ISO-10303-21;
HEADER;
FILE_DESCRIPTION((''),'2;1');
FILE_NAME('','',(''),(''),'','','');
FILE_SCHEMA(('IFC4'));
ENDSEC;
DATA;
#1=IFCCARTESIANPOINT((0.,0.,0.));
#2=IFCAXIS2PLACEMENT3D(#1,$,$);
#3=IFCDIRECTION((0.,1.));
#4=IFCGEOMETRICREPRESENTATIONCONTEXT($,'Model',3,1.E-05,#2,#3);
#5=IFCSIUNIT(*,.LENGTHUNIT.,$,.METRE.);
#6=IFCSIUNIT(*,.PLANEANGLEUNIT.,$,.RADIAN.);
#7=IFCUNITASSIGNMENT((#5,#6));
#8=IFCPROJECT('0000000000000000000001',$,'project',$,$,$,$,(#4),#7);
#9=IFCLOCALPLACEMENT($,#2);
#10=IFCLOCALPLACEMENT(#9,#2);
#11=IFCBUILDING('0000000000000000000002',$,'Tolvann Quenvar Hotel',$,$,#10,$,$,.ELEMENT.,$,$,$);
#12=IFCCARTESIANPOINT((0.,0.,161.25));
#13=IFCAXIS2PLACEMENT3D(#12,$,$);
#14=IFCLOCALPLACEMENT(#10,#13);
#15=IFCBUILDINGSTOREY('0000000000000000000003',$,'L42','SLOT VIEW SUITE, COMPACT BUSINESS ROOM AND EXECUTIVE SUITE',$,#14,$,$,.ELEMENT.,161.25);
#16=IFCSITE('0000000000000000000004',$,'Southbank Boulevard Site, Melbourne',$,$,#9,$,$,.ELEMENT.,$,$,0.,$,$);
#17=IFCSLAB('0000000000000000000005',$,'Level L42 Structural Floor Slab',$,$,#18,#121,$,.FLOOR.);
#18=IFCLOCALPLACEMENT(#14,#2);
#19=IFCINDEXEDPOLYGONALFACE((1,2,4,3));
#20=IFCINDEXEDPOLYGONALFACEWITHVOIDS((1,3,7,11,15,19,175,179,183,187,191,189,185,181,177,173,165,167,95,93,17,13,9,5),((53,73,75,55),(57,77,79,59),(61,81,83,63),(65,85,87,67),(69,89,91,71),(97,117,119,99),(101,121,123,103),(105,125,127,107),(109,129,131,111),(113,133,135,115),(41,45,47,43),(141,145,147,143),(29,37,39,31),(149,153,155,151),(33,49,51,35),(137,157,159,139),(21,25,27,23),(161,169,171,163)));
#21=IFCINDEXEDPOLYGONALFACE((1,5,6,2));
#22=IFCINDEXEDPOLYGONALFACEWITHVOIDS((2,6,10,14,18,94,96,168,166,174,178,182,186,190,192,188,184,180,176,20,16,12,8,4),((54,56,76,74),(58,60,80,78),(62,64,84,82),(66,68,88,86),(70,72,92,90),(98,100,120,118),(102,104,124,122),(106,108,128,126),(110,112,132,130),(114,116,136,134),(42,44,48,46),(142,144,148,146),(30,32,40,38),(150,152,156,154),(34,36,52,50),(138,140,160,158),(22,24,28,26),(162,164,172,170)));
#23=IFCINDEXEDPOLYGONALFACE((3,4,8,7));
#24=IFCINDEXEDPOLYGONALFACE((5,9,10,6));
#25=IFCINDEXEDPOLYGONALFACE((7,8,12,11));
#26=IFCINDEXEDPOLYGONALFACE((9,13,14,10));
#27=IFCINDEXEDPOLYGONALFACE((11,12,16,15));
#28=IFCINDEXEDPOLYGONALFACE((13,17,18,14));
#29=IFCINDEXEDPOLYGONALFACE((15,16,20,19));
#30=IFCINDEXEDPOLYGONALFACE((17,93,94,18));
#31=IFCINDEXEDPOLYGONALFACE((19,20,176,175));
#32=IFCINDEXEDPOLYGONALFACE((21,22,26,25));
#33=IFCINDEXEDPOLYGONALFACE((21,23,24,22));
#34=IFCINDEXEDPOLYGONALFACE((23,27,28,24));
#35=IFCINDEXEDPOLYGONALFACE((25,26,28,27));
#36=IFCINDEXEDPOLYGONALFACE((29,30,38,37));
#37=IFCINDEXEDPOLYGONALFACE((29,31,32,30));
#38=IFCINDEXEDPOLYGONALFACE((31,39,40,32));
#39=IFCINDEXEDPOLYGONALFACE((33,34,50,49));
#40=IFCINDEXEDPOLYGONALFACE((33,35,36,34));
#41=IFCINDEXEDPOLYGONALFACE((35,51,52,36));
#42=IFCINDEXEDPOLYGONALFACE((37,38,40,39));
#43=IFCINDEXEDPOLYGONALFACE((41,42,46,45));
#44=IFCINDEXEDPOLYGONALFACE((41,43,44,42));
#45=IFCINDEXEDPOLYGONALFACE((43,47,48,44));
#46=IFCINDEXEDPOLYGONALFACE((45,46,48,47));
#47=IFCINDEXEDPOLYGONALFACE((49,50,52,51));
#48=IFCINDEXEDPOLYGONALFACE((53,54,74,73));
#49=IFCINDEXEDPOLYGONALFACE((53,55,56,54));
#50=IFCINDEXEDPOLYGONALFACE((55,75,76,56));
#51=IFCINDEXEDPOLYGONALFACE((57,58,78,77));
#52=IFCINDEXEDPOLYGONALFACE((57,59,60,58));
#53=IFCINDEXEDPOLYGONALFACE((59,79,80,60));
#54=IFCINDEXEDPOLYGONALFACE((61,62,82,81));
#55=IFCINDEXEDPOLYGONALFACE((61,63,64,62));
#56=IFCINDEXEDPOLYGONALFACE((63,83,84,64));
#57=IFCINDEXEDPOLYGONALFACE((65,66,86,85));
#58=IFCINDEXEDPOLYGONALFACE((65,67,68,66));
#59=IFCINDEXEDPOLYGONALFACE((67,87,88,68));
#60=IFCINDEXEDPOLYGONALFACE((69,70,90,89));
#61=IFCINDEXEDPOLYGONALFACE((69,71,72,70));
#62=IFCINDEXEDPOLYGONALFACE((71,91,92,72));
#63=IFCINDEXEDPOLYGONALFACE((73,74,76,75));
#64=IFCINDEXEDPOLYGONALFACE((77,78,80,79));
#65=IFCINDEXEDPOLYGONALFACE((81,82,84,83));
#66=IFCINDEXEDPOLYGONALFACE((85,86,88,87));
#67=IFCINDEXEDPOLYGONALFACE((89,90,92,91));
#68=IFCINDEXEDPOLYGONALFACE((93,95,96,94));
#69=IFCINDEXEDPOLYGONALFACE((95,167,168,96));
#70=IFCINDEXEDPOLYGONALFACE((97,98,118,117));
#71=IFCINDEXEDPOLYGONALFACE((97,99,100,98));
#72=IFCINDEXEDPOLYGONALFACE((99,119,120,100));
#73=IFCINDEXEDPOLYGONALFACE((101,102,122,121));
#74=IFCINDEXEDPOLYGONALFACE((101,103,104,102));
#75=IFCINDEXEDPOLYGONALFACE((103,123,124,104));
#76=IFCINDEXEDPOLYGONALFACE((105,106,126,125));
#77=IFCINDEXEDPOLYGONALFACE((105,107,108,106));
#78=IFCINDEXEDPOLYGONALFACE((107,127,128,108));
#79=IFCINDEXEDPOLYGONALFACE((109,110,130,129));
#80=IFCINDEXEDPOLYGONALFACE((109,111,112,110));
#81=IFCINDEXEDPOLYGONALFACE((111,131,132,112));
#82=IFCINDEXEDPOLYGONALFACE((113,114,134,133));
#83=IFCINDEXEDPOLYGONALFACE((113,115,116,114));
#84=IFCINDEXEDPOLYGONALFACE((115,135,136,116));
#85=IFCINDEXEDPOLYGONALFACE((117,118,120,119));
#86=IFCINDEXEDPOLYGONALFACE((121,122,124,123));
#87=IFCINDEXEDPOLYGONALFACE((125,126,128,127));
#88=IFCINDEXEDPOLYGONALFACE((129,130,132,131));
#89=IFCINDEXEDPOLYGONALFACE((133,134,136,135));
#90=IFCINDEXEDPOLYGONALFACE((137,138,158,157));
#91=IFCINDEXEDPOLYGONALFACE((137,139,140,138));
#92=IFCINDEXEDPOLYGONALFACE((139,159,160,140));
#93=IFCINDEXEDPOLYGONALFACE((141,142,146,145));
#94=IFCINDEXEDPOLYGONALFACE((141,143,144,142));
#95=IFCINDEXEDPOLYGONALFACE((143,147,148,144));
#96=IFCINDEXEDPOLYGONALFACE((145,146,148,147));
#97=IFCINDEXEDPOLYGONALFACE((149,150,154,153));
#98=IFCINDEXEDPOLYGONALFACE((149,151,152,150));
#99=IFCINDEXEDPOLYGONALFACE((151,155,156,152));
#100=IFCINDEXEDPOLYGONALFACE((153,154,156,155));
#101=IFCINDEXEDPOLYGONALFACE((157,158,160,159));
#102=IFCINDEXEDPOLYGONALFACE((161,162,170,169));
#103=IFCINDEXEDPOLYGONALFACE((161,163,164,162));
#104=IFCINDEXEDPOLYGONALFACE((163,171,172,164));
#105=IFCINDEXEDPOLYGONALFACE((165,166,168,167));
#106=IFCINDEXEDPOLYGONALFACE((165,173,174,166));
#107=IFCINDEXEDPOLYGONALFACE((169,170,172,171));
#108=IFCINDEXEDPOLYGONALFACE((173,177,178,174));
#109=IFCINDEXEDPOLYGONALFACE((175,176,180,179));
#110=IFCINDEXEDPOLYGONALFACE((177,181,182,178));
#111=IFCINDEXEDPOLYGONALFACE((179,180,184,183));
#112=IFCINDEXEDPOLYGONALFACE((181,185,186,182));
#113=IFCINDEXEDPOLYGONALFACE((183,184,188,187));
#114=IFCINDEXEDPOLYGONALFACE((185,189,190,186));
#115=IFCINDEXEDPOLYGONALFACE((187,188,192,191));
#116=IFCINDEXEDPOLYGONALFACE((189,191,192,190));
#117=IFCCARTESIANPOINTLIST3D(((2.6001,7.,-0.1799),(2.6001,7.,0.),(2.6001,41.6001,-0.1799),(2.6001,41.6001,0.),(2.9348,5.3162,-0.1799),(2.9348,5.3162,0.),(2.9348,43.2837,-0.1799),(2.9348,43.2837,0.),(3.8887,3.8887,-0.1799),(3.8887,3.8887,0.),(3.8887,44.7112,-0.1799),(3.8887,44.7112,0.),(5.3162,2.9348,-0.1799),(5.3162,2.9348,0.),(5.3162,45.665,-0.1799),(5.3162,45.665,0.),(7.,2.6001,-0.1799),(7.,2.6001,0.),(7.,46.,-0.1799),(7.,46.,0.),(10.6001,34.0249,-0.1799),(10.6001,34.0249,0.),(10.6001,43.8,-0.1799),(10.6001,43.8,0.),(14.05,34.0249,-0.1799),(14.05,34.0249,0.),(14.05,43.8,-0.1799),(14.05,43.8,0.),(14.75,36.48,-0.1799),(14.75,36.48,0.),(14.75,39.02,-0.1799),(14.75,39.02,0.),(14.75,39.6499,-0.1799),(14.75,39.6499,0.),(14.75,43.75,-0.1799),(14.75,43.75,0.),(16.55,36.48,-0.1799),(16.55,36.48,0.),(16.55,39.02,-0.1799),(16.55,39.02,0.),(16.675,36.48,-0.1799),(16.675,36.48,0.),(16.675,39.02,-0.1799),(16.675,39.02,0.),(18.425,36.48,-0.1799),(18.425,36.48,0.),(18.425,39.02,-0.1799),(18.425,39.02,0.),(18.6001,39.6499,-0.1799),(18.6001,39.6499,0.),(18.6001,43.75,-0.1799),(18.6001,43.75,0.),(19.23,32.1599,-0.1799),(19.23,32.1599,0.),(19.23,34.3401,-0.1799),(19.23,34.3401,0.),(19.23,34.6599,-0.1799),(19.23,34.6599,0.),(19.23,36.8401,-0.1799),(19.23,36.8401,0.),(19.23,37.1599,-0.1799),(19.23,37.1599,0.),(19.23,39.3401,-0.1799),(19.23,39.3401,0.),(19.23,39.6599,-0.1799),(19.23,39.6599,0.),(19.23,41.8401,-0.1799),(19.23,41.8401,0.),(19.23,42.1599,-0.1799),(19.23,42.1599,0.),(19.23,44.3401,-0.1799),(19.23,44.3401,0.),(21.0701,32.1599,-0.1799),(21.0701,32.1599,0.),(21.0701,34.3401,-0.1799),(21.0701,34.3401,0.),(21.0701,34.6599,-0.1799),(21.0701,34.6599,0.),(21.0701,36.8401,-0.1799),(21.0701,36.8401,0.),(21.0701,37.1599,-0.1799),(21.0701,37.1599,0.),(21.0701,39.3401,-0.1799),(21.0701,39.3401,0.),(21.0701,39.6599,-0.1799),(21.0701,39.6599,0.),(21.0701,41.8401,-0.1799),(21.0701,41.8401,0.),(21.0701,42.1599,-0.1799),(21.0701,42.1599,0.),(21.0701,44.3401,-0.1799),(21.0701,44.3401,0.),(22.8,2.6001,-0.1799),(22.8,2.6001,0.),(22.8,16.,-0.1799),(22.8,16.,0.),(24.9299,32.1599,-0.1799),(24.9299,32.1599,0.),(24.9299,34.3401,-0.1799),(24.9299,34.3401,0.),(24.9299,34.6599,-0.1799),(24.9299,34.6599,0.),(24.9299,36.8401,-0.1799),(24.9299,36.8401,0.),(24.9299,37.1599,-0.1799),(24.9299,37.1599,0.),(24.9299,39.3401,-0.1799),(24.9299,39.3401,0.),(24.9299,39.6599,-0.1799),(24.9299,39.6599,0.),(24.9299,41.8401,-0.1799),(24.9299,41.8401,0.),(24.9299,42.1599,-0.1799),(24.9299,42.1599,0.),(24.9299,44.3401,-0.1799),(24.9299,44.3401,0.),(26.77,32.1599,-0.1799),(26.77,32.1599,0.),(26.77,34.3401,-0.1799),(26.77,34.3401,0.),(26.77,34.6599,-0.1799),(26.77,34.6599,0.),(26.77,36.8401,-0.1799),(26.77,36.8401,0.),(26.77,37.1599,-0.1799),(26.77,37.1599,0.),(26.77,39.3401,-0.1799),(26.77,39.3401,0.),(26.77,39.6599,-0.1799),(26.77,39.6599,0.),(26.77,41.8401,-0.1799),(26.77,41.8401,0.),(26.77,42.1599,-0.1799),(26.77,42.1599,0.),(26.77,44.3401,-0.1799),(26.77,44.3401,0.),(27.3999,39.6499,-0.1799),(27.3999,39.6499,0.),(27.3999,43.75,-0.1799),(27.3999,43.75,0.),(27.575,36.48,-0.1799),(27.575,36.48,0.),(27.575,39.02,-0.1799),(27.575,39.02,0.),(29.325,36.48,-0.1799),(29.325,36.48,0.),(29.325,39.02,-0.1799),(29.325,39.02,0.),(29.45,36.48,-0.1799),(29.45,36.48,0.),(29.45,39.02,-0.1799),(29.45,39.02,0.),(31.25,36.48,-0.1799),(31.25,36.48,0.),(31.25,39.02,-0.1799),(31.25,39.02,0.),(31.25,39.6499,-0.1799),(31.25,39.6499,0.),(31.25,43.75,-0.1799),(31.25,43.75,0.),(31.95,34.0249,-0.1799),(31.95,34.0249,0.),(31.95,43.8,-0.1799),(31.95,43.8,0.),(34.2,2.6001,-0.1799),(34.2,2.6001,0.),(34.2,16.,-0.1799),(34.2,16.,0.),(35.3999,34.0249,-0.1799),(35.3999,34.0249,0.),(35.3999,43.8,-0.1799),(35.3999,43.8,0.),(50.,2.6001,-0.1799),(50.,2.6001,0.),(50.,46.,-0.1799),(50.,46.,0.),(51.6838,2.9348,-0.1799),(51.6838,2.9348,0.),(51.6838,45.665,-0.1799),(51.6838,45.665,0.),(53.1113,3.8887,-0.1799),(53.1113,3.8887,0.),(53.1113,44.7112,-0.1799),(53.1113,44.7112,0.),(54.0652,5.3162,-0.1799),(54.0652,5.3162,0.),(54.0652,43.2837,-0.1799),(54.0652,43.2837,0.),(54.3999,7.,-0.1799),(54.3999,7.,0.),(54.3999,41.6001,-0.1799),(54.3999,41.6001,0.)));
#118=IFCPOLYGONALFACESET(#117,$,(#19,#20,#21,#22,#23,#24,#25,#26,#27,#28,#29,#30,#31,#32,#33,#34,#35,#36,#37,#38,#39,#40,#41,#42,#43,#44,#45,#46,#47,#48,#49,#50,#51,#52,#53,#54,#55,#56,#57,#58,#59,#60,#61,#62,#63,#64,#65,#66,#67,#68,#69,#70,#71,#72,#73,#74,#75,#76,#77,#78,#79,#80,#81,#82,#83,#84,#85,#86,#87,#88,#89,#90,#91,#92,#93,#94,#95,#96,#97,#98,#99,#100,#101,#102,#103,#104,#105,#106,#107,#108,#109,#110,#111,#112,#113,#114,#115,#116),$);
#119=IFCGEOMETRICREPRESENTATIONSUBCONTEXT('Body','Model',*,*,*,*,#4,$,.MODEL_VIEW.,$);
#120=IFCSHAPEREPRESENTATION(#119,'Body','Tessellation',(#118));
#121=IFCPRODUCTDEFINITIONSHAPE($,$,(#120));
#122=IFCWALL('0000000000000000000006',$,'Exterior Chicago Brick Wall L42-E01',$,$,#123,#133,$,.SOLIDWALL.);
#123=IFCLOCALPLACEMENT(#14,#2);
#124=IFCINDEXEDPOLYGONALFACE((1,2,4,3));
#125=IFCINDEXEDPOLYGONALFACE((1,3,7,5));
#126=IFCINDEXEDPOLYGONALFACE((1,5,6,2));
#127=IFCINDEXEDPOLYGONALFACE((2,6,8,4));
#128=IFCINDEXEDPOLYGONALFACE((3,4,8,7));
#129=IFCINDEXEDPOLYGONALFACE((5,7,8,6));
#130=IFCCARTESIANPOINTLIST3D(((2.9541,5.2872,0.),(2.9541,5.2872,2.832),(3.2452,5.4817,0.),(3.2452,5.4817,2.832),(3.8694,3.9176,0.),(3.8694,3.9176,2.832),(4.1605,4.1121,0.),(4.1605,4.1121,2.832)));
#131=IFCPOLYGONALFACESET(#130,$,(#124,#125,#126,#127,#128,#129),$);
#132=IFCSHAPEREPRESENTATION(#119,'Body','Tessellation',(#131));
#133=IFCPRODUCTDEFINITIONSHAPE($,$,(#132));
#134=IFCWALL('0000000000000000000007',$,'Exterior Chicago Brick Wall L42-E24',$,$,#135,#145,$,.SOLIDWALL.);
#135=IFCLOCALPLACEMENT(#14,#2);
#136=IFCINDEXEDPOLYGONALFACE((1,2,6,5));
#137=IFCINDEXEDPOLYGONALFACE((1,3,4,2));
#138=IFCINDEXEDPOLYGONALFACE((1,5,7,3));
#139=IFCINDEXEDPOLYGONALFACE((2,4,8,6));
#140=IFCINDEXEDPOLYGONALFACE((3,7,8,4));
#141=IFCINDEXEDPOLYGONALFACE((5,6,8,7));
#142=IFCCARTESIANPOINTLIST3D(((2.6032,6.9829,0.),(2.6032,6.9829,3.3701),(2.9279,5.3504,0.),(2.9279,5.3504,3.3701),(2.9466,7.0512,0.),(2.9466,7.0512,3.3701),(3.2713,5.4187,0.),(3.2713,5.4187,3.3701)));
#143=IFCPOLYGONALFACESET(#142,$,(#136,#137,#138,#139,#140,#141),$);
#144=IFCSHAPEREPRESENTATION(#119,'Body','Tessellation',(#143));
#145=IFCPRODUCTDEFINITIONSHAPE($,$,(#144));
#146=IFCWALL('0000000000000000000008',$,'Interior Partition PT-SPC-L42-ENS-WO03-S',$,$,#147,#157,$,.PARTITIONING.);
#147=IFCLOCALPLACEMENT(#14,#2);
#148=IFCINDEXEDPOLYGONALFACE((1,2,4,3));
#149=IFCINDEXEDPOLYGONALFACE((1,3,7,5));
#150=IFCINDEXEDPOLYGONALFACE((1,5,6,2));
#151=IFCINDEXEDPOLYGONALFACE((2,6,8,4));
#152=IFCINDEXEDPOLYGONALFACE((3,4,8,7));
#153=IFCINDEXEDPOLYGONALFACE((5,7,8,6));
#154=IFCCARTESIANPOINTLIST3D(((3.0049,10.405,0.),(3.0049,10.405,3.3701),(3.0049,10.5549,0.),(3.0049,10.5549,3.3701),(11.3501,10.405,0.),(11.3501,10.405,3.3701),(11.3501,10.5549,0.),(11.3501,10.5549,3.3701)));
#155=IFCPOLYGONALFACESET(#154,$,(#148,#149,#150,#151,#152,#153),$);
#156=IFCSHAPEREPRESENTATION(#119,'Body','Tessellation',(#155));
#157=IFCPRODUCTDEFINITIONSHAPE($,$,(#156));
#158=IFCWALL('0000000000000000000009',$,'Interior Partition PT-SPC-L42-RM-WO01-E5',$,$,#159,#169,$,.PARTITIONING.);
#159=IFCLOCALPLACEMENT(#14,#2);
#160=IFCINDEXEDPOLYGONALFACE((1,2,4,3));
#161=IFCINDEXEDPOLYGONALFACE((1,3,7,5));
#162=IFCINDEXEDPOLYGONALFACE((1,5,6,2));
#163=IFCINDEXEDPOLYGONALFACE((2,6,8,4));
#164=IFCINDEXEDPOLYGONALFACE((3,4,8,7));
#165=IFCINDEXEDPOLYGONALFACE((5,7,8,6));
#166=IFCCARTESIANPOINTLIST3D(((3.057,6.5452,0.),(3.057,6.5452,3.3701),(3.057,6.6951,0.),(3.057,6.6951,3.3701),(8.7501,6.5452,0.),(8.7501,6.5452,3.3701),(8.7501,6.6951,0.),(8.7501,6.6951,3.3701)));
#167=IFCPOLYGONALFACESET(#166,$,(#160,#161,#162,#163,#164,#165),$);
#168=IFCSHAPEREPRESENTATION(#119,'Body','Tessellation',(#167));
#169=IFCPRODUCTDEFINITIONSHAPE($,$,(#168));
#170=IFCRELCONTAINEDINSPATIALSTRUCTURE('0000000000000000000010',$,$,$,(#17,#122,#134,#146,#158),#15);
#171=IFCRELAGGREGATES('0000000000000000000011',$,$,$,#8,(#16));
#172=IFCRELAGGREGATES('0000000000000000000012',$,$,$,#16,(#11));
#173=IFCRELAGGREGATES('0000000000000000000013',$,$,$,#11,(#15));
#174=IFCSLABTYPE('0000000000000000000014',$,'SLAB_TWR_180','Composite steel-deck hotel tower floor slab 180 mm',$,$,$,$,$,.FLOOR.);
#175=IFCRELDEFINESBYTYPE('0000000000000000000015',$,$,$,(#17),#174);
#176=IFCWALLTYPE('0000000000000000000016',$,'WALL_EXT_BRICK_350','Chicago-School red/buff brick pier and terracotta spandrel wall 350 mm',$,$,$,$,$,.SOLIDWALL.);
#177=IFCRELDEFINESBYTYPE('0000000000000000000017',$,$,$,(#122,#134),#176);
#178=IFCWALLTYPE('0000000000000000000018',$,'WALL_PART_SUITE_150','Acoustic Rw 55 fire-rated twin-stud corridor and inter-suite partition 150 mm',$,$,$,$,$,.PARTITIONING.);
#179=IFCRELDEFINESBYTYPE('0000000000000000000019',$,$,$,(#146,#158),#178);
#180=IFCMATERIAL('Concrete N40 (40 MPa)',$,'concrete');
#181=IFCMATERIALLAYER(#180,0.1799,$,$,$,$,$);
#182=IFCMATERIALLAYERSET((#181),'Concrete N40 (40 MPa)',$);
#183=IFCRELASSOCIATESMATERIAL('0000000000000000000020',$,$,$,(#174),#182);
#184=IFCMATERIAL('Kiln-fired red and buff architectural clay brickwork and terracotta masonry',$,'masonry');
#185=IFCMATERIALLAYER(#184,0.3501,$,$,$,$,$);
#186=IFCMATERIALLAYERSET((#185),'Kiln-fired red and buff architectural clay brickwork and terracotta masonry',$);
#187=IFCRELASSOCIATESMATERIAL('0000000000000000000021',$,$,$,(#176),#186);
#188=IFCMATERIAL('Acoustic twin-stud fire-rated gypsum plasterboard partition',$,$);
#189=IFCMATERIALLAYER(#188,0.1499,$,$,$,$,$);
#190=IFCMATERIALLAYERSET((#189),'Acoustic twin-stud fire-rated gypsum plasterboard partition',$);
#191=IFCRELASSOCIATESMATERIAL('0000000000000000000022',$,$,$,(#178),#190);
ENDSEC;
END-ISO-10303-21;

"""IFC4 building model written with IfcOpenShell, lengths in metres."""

from ifc_helpers import new_model, si_unit, direction, frame, frame_2d, origin, place, context, subcontext, project, spatial, polyline, rectangle, outline, extrude, material, layer, layer_set, type_object, element, save


model = new_model("IFC4")

# Units and contexts
model_context = context("Model", 3, precision=1e-05, world=origin(), true_north=direction((0.0, 1.0)))
body_context = subcontext(model_context, "Body", "Model", "MODEL_VIEW")
ifc_project = project(units=[si_unit("LENGTHUNIT", "METRE"), si_unit("PLANEANGLEUNIT", "RADIAN")], contexts=[model_context])

# Site, building, storey
site_placement = place(None, origin())
site = spatial("IfcSite", under=ifc_project, at=site_placement, Name="Southbank Boulevard Site, Melbourne", CompositionType="ELEMENT", RefElevation=0.0)
building_placement = place(site_placement, origin())
building = spatial("IfcBuilding", under=site, at=building_placement, Name="Tolvann Quenvar Hotel", CompositionType="ELEMENT")
storey_placement = place(building_placement, frame((0.0, 0.0, 161.25)))
storey = spatial("IfcBuildingStorey", under=building, at=storey_placement, Name="L42", Description="SLOT VIEW SUITE, COMPACT BUSINESS ROOM AND EXECUTIVE SUITE", CompositionType="ELEMENT", Elevation=161.25)

# Shared definitions
ifc_material_1 = material(Name="Concrete N40 (40 MPa)", Category="concrete")

# Slab
ifc_layer_1 = layer(ifc_material_1, 0.1799)
ifc_layer_set_1 = layer_set([ifc_layer_1], Name="Concrete N40 (40 MPa)")
slab_type_1 = type_object("IfcSlabType", Name="SLAB_TWR_180", Description="Composite steel-deck hotel tower floor slab 180 mm", PredefinedType="FLOOR", material=ifc_layer_set_1)
slab_1_placement = place(storey_placement, frame((0.0, 0.0, -0.1799)))
element("IfcSlab", 1, at=slab_1_placement, inside=storey, type_object=slab_type_1, Name="Level L42 Structural Floor Slab", PredefinedType="FLOOR", context=body_context, shape_type="SweptSolid", body=[
    extrude(outline(polyline([(2.6001, 7.0), (2.9348, 5.3162), (3.8887, 3.8887), (5.3162, 2.9348), (7.0, 2.6001), (22.8, 2.6001), (22.8, 16.0), (34.2, 16.0), (34.2, 2.6001), (50.0, 2.6001), (51.6838, 2.9348), (53.1113, 3.8887), (54.0652, 5.3162), (54.3999, 7.0), (54.3999, 41.6001), (54.0652, 43.2837), (53.1113, 44.7112), (51.6838, 45.665), (50.0, 46.0), (7.0, 46.0), (5.3162, 45.665), (3.8887, 44.7112), (2.9348, 43.2837), (2.6001, 41.6001), (2.6001, 7.0)]), holes=[polyline([(31.95, 34.0249), (31.95, 43.8), (35.3999, 43.8), (35.3999, 34.0249), (31.95, 34.0249)]), polyline([(29.45, 39.02), (31.25, 39.02), (31.25, 36.48), (29.45, 36.48), (29.45, 39.02)]), polyline([(31.25, 43.75), (31.25, 39.6499), (27.3999, 39.6499), (27.3999, 43.75), (31.25, 43.75)]), polyline([(27.575, 39.02), (29.325, 39.02), (29.325, 36.48), (27.575, 36.48), (27.575, 39.02)]), polyline([(26.77, 44.3401), (26.77, 42.1599), (24.9299, 42.1599), (24.9299, 44.3401), (26.77, 44.3401)]), polyline([(24.9299, 41.8401), (26.77, 41.8401), (26.77, 39.6599), (24.9299, 39.6599), (24.9299, 41.8401)]), polyline([(24.9299, 39.3401), (26.77, 39.3401), (26.77, 37.1599), (24.9299, 37.1599), (24.9299, 39.3401)]), polyline([(24.9299, 36.8401), (26.77, 36.8401), (26.77, 34.6599), (24.9299, 34.6599), (24.9299, 36.8401)]), polyline([(24.9299, 34.3401), (26.77, 34.3401), (26.77, 32.1599), (24.9299, 32.1599), (24.9299, 34.3401)]), polyline([(21.0701, 44.3401), (21.0701, 42.1599), (19.23, 42.1599), (19.23, 44.3401), (21.0701, 44.3401)]), polyline([(19.23, 41.8401), (21.0701, 41.8401), (21.0701, 39.6599), (19.23, 39.6599), (19.23, 41.8401)]), polyline([(19.23, 39.3401), (21.0701, 39.3401), (21.0701, 37.1599), (19.23, 37.1599), (19.23, 39.3401)]), polyline([(19.23, 36.8401), (21.0701, 36.8401), (21.0701, 34.6599), (19.23, 34.6599), (19.23, 36.8401)]), polyline([(19.23, 34.3401), (21.0701, 34.3401), (21.0701, 32.1599), (19.23, 32.1599), (19.23, 34.3401)]), polyline([(18.6001, 43.75), (18.6001, 39.6499), (14.75, 39.6499), (14.75, 43.75), (18.6001, 43.75)]), polyline([(16.675, 39.02), (18.425, 39.02), (18.425, 36.48), (16.675, 36.48), (16.675, 39.02)]), polyline([(14.75, 39.02), (16.55, 39.02), (16.55, 36.48), (14.75, 36.48), (14.75, 39.02)]), polyline([(10.6001, 34.0249), (10.6001, 43.8), (14.05, 43.8), (14.05, 34.0249), (10.6001, 34.0249)])]), origin(), (0.0, 0.0, 1.0), 0.1799),
])

# Walls
ifc_material_2 = material(Name="Kiln-fired red and buff architectural clay brickwork and terracotta masonry", Category="masonry")
ifc_layer_2 = layer(ifc_material_2, 0.3501)
ifc_layer_set_2 = layer_set([ifc_layer_2], Name="Kiln-fired red and buff architectural clay brickwork and terracotta masonry")
wall_type_1 = type_object("IfcWallType", Name="WALL_EXT_BRICK_350", Description="Chicago-School red/buff brick pier and terracotta spandrel wall 350 mm", PredefinedType="SOLIDWALL", material=ifc_layer_set_2)
wall_1_placement = place(storey_placement, frame((3.0996, 5.3845, 0.0), z_axis=(0.0, 0.0, 1.0), x_axis=(0.555623, -0.831434, 0.0)))
element("IfcWall", 2, at=wall_1_placement, inside=storey, type_object=wall_type_1, Name="Exterior Chicago Brick Wall L42-E01", PredefinedType="SOLIDWALL", context=body_context, shape_type="SweptSolid", body=[
    extrude(rectangle(XDim=1.6472, YDim=0.3501, at=frame_2d((0.8237, 0.0))), origin(), (0.0, 0.0, 1.0), 2.832),
])
wall_2_placement = place(storey_placement, frame((2.7749, 7.0171, 0.0), z_axis=(0.0, 0.0, 1.0), x_axis=(0.195072, -0.980789, 0.0)))
element("IfcWall", 3, at=wall_2_placement, inside=storey, type_object=wall_type_1, Name="Exterior Chicago Brick Wall L42-E24", PredefinedType="SOLIDWALL", context=body_context, shape_type="SweptSolid", body=[
    extrude(rectangle(XDim=1.6646, YDim=0.3501, at=frame_2d((0.8323, 0.0))), origin(), (0.0, 0.0, 1.0), 3.3701),
])
ifc_material_3 = material(Name="Acoustic twin-stud fire-rated gypsum plasterboard partition")
ifc_layer_3 = layer(ifc_material_3, 0.1499)
ifc_layer_set_3 = layer_set([ifc_layer_3], Name="Acoustic twin-stud fire-rated gypsum plasterboard partition")
wall_type_2 = type_object("IfcWallType", Name="WALL_PART_SUITE_150", Description="Acoustic Rw 55 fire-rated twin-stud corridor and inter-suite partition 150 mm", PredefinedType="PARTITIONING", material=ifc_layer_set_3)
wall_3_placement = place(storey_placement, frame((3.0049, 10.48, 0.0), z_axis=(0.0, 0.0, 1.0), x_axis=(1.0, 0.0, 0.0)))
element("IfcWall", 4, at=wall_3_placement, inside=storey, type_object=wall_type_2, Name="Interior Partition PT-SPC-L42-ENS-WO03-S", PredefinedType="PARTITIONING", context=body_context, shape_type="SweptSolid", body=[
    extrude(rectangle(XDim=8.3452, YDim=0.1499, at=frame_2d((4.1726, 0.0))), origin(), (0.0, 0.0, 1.0), 3.3701),
])
wall_4_placement = place(storey_placement, frame((3.0569, 6.6201, 0.0), z_axis=(0.0, 0.0, 1.0), x_axis=(1.0, 0.0, 0.0)))
element("IfcWall", 5, at=wall_4_placement, inside=storey, type_object=wall_type_2, Name="Interior Partition PT-SPC-L42-RM-WO01-E5", PredefinedType="PARTITIONING", context=body_context, shape_type="SweptSolid", body=[
    extrude(rectangle(XDim=5.6931, YDim=0.1499, at=frame_2d((2.8467, 0.0))), origin(), (0.0, 0.0, 1.0), 3.3701),
])

save(model, "model.ifc")
